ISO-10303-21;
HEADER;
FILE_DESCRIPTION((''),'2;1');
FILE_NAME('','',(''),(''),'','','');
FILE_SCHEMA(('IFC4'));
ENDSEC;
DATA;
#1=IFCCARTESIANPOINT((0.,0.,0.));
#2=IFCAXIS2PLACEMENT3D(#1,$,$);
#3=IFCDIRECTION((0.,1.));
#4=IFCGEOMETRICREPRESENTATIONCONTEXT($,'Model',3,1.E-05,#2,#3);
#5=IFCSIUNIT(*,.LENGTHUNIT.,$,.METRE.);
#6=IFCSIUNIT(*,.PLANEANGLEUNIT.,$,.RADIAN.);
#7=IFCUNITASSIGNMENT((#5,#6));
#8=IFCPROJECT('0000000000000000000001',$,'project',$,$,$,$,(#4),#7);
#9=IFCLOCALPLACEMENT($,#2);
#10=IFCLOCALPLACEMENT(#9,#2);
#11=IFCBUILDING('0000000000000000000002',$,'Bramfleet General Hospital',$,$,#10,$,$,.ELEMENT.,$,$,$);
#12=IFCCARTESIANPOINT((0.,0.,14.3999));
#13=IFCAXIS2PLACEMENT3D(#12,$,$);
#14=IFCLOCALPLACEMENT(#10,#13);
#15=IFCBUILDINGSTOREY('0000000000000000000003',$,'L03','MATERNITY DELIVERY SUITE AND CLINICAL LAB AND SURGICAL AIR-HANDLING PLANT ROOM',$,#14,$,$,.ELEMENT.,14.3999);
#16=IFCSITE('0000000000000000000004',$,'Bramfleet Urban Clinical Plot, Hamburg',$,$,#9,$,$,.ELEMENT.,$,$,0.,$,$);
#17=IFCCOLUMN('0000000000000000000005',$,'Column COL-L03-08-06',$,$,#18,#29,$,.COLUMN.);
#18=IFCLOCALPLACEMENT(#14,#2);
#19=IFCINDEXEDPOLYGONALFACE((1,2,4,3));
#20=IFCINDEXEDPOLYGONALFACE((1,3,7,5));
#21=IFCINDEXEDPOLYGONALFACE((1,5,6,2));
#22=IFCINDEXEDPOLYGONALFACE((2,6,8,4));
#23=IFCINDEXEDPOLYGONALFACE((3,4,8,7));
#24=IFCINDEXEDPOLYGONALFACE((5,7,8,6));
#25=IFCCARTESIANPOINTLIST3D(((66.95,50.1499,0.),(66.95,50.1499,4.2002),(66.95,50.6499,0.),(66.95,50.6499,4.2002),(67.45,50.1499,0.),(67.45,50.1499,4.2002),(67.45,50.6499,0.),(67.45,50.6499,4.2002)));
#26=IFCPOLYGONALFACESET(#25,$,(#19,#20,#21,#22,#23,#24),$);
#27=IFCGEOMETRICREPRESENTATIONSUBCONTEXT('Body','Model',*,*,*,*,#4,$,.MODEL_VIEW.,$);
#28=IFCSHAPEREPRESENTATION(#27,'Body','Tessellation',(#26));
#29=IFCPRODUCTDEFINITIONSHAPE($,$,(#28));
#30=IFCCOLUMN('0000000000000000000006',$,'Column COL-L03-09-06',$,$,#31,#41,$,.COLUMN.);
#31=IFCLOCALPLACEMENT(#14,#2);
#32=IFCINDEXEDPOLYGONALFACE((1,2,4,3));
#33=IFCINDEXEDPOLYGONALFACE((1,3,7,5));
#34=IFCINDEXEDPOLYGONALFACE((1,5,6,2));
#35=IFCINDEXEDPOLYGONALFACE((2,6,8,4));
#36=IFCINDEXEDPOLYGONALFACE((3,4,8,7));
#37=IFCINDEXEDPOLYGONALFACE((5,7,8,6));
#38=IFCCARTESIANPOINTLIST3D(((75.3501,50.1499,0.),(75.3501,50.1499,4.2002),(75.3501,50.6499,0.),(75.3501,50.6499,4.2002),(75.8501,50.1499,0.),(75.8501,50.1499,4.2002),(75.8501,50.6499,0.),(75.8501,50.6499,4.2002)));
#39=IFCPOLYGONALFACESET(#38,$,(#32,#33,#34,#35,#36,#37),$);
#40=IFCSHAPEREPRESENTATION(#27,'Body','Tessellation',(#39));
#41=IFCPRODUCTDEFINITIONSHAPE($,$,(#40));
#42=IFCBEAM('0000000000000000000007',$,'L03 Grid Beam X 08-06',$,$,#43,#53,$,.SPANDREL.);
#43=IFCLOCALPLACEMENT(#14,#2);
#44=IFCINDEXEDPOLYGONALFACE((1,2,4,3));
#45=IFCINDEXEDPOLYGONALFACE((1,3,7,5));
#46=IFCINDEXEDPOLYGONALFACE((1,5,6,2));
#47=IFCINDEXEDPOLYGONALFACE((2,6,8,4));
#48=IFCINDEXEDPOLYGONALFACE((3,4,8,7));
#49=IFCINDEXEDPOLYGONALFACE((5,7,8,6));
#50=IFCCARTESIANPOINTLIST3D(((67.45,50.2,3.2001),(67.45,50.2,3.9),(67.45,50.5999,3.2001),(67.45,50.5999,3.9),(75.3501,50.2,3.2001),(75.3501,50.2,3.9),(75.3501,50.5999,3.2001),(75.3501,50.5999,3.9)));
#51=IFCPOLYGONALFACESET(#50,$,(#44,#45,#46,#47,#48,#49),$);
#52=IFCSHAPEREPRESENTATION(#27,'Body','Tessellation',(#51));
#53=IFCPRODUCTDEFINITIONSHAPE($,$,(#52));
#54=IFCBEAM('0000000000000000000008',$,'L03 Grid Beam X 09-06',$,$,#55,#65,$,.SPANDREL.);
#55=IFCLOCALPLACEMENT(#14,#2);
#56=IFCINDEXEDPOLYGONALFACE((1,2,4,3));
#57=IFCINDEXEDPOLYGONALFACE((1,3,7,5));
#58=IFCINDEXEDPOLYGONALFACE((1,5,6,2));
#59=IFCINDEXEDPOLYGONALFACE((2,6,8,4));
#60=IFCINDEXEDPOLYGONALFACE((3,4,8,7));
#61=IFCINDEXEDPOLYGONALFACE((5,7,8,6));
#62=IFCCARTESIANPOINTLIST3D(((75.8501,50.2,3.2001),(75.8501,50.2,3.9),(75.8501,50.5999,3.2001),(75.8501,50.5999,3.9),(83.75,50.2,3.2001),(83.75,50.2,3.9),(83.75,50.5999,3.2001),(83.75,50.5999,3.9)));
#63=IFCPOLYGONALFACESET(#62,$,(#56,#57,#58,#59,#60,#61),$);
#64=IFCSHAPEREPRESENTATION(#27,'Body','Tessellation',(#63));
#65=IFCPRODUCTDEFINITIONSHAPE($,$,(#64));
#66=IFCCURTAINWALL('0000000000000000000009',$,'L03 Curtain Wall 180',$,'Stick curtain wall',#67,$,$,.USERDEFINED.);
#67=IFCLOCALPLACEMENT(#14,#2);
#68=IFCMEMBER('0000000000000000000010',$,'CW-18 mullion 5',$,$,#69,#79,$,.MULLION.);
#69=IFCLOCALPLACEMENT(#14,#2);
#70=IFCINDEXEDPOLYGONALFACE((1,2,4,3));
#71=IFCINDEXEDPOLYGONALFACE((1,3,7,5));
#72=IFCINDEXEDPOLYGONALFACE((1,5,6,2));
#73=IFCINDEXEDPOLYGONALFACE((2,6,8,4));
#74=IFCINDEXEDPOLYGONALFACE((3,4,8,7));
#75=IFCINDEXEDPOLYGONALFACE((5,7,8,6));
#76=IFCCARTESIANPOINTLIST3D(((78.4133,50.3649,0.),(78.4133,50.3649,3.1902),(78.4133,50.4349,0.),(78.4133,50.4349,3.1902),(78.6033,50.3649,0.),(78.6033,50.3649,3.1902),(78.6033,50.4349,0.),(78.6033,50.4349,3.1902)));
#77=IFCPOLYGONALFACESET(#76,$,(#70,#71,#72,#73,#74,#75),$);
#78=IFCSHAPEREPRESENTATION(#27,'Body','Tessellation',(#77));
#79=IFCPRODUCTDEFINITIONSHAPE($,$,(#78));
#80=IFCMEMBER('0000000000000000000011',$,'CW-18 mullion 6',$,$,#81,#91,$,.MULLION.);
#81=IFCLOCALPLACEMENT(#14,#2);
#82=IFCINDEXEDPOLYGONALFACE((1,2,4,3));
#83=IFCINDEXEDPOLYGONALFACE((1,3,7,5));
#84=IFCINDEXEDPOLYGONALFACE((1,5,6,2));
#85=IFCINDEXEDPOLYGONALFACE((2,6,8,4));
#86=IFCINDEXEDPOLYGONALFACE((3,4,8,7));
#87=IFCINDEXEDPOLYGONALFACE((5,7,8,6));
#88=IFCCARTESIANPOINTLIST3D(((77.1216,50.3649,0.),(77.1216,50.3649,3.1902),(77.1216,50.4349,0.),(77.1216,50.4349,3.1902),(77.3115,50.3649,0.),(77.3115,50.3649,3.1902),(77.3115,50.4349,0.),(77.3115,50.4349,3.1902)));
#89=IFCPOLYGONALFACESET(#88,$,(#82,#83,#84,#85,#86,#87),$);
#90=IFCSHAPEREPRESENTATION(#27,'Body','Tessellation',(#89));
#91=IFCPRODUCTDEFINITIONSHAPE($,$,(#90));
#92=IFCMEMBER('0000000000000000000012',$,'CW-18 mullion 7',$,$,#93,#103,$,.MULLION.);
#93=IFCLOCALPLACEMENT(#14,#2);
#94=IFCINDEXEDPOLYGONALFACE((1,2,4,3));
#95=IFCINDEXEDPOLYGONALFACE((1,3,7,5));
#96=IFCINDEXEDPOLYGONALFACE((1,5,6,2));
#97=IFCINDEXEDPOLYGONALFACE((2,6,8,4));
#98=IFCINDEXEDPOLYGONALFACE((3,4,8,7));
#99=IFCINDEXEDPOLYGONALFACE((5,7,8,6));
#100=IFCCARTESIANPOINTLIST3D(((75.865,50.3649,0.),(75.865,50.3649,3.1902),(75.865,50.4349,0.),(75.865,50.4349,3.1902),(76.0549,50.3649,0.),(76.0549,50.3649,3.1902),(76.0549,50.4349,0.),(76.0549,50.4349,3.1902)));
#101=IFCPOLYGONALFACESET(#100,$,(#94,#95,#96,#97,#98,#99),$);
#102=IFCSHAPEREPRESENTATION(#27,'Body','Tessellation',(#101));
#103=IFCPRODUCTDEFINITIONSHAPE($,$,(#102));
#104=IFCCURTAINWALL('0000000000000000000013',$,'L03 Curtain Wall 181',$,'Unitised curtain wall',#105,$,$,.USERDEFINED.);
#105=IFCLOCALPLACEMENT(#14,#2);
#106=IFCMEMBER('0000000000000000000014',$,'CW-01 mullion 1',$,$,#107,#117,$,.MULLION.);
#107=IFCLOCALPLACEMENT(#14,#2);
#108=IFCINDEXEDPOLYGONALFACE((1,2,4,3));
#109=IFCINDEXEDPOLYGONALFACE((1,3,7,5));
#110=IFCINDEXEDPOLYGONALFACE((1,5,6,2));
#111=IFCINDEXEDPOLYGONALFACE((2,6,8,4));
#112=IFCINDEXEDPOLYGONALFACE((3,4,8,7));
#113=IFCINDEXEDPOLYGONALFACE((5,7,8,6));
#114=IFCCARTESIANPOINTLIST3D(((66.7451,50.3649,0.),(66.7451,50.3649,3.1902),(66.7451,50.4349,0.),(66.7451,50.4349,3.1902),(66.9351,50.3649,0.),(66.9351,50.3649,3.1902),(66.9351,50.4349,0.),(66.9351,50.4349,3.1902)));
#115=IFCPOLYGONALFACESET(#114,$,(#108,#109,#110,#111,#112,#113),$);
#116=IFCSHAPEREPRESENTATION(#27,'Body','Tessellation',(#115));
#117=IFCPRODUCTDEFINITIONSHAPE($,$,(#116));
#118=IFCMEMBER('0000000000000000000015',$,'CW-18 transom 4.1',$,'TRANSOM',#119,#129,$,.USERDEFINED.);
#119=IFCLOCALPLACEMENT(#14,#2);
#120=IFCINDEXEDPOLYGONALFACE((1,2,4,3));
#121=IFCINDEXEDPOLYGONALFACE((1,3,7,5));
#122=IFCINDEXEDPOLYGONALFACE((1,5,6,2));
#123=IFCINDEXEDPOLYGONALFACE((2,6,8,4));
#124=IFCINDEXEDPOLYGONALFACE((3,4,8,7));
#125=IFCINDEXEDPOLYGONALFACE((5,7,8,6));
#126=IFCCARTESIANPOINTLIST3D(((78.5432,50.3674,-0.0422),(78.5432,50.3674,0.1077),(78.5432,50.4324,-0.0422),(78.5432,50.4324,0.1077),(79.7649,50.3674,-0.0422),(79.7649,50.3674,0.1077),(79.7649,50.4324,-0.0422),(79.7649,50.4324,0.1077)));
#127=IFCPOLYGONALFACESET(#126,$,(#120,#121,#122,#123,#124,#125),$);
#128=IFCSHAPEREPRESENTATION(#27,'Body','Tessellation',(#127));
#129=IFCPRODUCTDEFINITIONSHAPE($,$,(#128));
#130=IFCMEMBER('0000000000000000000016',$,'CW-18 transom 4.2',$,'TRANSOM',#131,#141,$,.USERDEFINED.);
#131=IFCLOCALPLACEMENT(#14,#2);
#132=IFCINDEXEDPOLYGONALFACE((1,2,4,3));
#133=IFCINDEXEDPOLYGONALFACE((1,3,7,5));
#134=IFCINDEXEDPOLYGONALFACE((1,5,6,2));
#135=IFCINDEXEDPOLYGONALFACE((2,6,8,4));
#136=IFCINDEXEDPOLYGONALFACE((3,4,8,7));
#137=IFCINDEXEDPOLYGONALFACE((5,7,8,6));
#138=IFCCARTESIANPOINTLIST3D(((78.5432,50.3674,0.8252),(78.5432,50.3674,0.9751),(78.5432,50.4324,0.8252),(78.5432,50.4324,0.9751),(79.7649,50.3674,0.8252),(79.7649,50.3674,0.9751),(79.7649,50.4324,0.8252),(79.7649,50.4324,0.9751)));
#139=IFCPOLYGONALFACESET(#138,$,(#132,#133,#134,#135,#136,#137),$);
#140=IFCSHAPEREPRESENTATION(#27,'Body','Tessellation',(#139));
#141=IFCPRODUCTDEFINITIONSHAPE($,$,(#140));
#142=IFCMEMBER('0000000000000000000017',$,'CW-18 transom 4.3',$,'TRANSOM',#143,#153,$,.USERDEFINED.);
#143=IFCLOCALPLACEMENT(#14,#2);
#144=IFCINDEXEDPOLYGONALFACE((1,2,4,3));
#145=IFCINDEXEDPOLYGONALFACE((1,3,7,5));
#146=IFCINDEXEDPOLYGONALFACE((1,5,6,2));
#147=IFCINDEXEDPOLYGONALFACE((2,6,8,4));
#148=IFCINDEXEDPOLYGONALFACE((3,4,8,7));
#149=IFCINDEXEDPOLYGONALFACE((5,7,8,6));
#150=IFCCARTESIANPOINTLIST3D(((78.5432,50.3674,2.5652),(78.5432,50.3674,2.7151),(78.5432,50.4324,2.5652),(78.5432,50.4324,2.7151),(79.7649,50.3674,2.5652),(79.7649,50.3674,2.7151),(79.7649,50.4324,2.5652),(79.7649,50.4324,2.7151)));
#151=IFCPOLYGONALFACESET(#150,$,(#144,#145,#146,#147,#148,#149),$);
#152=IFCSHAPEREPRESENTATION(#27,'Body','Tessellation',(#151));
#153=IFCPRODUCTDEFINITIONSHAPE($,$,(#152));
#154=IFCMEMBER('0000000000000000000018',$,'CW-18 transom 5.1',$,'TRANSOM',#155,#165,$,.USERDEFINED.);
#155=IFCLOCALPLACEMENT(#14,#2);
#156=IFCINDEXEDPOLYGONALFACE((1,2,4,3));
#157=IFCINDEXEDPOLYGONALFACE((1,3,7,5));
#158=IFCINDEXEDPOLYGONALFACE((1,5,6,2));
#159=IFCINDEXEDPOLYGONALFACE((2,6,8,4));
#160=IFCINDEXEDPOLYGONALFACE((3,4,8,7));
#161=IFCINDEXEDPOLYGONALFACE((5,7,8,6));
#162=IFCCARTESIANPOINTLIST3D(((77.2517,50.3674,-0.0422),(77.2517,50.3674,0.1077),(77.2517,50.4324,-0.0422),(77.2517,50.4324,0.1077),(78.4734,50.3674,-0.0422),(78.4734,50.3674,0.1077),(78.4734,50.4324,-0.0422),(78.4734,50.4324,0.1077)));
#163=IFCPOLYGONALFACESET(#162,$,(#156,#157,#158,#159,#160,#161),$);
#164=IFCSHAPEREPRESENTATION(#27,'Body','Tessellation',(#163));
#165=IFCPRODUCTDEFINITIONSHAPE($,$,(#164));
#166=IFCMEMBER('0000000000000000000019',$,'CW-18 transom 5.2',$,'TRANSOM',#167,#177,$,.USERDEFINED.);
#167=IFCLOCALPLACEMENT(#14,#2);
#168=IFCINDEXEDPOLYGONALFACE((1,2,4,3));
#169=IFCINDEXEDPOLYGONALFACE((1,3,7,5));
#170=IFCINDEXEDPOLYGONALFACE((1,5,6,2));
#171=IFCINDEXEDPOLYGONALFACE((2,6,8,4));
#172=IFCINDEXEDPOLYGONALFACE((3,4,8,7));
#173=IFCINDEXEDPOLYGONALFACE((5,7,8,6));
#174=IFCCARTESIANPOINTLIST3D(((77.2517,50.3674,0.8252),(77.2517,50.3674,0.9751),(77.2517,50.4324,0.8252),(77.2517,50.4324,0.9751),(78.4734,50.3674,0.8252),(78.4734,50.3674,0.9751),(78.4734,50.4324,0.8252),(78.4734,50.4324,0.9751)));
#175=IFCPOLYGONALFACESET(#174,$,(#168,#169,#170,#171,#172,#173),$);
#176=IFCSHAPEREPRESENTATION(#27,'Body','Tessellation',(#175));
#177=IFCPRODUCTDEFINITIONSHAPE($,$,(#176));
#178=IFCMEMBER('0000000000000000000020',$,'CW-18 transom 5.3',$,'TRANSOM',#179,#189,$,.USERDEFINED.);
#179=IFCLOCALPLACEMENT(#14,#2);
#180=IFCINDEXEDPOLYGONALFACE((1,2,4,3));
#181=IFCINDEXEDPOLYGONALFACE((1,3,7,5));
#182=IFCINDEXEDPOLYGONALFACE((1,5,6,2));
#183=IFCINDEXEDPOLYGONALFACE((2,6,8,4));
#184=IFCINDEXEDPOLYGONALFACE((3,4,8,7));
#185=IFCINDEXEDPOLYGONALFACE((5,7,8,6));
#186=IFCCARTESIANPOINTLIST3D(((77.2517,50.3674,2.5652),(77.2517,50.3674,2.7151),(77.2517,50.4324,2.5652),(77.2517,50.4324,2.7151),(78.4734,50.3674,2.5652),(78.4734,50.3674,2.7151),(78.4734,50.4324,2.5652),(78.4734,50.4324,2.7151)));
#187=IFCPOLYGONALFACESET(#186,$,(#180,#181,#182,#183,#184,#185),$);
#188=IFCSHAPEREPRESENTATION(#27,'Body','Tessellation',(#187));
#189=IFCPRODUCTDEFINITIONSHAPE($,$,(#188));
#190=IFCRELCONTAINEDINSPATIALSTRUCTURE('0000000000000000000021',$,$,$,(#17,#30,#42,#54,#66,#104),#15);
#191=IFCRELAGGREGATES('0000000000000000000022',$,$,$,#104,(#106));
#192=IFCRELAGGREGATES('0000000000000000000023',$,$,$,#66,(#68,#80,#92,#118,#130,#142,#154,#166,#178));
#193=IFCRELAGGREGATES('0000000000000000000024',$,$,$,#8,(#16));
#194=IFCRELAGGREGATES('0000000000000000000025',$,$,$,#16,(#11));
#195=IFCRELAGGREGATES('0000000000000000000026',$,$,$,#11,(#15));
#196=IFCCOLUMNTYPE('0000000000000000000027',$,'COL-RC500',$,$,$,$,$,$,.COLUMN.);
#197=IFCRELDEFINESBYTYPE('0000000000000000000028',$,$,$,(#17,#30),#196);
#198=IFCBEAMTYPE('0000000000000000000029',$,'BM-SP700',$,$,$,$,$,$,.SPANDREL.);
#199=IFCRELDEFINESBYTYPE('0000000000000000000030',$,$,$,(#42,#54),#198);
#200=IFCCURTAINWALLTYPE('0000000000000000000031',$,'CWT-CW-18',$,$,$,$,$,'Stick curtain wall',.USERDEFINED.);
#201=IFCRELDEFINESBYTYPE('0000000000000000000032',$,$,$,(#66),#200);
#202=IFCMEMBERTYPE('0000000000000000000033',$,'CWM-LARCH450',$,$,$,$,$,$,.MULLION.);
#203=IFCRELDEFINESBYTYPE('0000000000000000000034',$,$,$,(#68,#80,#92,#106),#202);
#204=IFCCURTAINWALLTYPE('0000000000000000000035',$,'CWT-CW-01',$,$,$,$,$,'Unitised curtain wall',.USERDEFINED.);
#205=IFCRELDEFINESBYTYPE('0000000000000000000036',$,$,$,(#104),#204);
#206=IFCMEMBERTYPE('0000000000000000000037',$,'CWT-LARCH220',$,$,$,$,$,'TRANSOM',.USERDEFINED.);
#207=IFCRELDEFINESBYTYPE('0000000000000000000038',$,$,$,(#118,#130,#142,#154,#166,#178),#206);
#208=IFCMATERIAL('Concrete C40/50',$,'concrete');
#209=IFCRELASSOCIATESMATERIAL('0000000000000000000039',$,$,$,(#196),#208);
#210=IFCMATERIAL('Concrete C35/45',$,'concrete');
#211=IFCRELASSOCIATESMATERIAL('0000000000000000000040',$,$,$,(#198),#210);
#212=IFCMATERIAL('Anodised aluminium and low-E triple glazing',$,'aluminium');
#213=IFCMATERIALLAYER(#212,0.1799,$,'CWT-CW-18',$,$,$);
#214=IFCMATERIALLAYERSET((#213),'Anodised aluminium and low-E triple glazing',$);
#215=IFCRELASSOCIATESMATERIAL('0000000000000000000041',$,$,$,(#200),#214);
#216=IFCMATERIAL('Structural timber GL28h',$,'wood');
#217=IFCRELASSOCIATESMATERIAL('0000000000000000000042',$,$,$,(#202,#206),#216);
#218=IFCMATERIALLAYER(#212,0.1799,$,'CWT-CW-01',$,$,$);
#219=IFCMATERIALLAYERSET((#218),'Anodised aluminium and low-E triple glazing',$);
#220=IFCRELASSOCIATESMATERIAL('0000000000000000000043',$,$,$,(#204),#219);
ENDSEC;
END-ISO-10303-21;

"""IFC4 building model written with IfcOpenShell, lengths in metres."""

from ifc_helpers import new_model, si_unit, direction, frame, origin, origin_2d, place, context, subcontext, project, spatial, rectangle, extrude, material, layer, layer_set, material_profile, profile_set, type_object, element, aggregate, save


model = new_model("IFC4")

# Units and contexts
model_context = context("Model", 3, precision=1e-05, world=origin(), true_north=direction((0.0, 1.0)))
body_context = subcontext(model_context, "Body", "Model", "MODEL_VIEW")
ifc_project = project(units=[si_unit("LENGTHUNIT", "METRE"), si_unit("PLANEANGLEUNIT", "RADIAN")], contexts=[model_context])

# Site, building, storey
site_placement = place(None, origin())
site = spatial("IfcSite", under=ifc_project, at=site_placement, Name="Bramfleet Urban Clinical Plot, Hamburg", CompositionType="ELEMENT", RefElevation=0.0)
building_placement = place(site_placement, origin())
building = spatial("IfcBuilding", under=site, at=building_placement, Name="Bramfleet General Hospital", CompositionType="ELEMENT")
storey_placement = place(building_placement, frame((0.0, 0.0, 14.3999)))
storey = spatial("IfcBuildingStorey", under=building, at=storey_placement, Name="L03", Description="MATERNITY DELIVERY SUITE AND CLINICAL LAB AND SURGICAL AIR-HANDLING PLANT ROOM", CompositionType="ELEMENT", Elevation=14.3999)

# Columns
ifc_material_1 = material(Name="Concrete C40/50", Category="concrete")
ifc_material_profile_1 = material_profile(ifc_material_1, rectangle(XDim=0.5, YDim=0.5, at=origin_2d()), Name="RC COL 500x500")
ifc_profile_set_1 = profile_set([ifc_material_profile_1], Name="Concrete C40/50")
column_type = type_object("IfcColumnType", Name="COL-RC500", PredefinedType="COLUMN", material=ifc_profile_set_1)
for number, where, z_axis, x_axis, name in (
    (1, (67.2, 50.3999, 0.0), (0.0, 0.0, 1.0), (1.0, 0.0, 0.0), "Column COL-L03-08-06"),
    (2, (75.6001, 50.3999, 0.0), (0.0, 0.0, 1.0), (1.0, 0.0, 0.0), "Column COL-L03-09-06"),
):
    element("IfcColumn", number, at=place(storey_placement, frame(where, z_axis=z_axis, x_axis=x_axis)), inside=storey, type_object=column_type, Name=name, PredefinedType="COLUMN", context=body_context, shape_type="SweptSolid", body=[
        extrude(rectangle(XDim=0.5, YDim=0.5, at=origin_2d()), origin(), (0.0, 0.0, 1.0), 4.2002),
    ])

# Beams
ifc_material_2 = material(Name="Concrete C35/45", Category="concrete")
ifc_material_profile_2 = material_profile(ifc_material_2, rectangle(XDim=0.3999, YDim=0.7, at=origin_2d()), Name="RC SP 700x400")
ifc_profile_set_2 = profile_set([ifc_material_profile_2], Name="Concrete C35/45")
beam_type = type_object("IfcBeamType", Name="BM-SP700", PredefinedType="SPANDREL", material=ifc_profile_set_2)
beam_1_placement = place(storey_placement, frame((67.45, 50.3999, 3.55), z_axis=(1.0, 0.0, 0.0), x_axis=(0.0, 1.0, 0.0)))
element("IfcBeam", 3, at=beam_1_placement, inside=storey, type_object=beam_type, Name="L03 Grid Beam X 08-06", PredefinedType="SPANDREL", context=body_context, shape_type="SweptSolid", body=[
    extrude(rectangle(XDim=0.3999, YDim=0.7, at=origin_2d()), origin(), (0.0, 0.0, 1.0), 7.9001),
])
beam_2_placement = place(storey_placement, frame((75.8501, 50.3999, 3.55), z_axis=(1.0, 0.0, 0.0), x_axis=(0.0, 1.0, 0.0)))
element("IfcBeam", 4, at=beam_2_placement, inside=storey, type_object=beam_type, Name="L03 Grid Beam X 09-06", PredefinedType="SPANDREL", context=body_context, shape_type="SweptSolid", body=[
    extrude(rectangle(XDim=0.3999, YDim=0.7, at=origin_2d()), origin(), (0.0, 0.0, 1.0), 7.8999),
])

# Curtain wall, members
ifc_material_3 = material(Name="Anodised aluminium and low-E triple glazing", Category="aluminium")
ifc_layer_1 = layer(ifc_material_3, 0.1799, Name="CWT-CW-18")
ifc_layer_set_1 = layer_set([ifc_layer_1], Name="Anodised aluminium and low-E triple glazing")
curtain_wall_type_1 = type_object("IfcCurtainWallType", Name="CWT-CW-18", ElementType="Stick curtain wall", PredefinedType="USERDEFINED", material=ifc_layer_set_1)
curtain_wall_1_placement = place(storey_placement, origin())
curtain_wall_1 = element("IfcCurtainWall", 5, at=curtain_wall_1_placement, inside=storey, type_object=curtain_wall_type_1, Name="L03 Curtain Wall 180", ObjectType="Stick curtain wall", PredefinedType="USERDEFINED")
ifc_material_4 = material(Name="Structural timber GL28h", Category="wood")
ifc_material_profile_3 = material_profile(ifc_material_4, rectangle(XDim=0.0701, YDim=0.1899, at=origin_2d()), Name="LARCH 190x70")
ifc_profile_set_3 = profile_set([ifc_material_profile_3], Name="Structural timber GL28h")
member_type_1 = type_object("IfcMemberType", Name="CWM-LARCH450", PredefinedType="MULLION", material=ifc_profile_set_3)
member_1_placement = place(storey_placement, frame((78.5083, 50.3999, 0.0), z_axis=(0.0, 0.0, 1.0), x_axis=(0.0, -1.0, 0.0)))
member_1 = element("IfcMember", 6, at=member_1_placement, type_object=member_type_1, Name="CW-18 mullion 5", PredefinedType="MULLION", context=body_context, shape_type="SweptSolid", body=[
    extrude(rectangle(XDim=0.0701, YDim=0.1899, at=origin_2d()), origin(), (0.0, 0.0, 1.0), 3.1902),
])
member_2_placement = place(storey_placement, frame((77.2166, 50.3999, 0.0), z_axis=(0.0, 0.0, 1.0), x_axis=(0.0, -1.0, 0.0)))
member_2 = element("IfcMember", 7, at=member_2_placement, type_object=member_type_1, Name="CW-18 mullion 6", PredefinedType="MULLION", context=body_context, shape_type="SweptSolid", body=[
    extrude(rectangle(XDim=0.0701, YDim=0.1899, at=origin_2d()), origin(), (0.0, 0.0, 1.0), 3.1902),
])
member_3_placement = place(storey_placement, frame((75.96, 50.3999, 0.0), z_axis=(0.0, 0.0, 1.0), x_axis=(0.0, -1.0, 0.0)))
member_3 = element("IfcMember", 8, at=member_3_placement, type_object=member_type_1, Name="CW-18 mullion 7", PredefinedType="MULLION", context=body_context, shape_type="SweptSolid", body=[
    extrude(rectangle(XDim=0.0701, YDim=0.1899, at=origin_2d()), origin(), (0.0, 0.0, 1.0), 3.1902),
])

# Curtain wall, member
ifc_layer_2 = layer(ifc_material_3, 0.1799, Name="CWT-CW-01")
ifc_layer_set_2 = layer_set([ifc_layer_2], Name="Anodised aluminium and low-E triple glazing")
curtain_wall_type_2 = type_object("IfcCurtainWallType", Name="CWT-CW-01", ElementType="Unitised curtain wall", PredefinedType="USERDEFINED", material=ifc_layer_set_2)
curtain_wall_2_placement = place(storey_placement, origin())
curtain_wall_2 = element("IfcCurtainWall", 9, at=curtain_wall_2_placement, inside=storey, type_object=curtain_wall_type_2, Name="L03 Curtain Wall 181", ObjectType="Unitised curtain wall", PredefinedType="USERDEFINED")
member_4_placement = place(storey_placement, frame((66.8401, 50.3999, 0.0), z_axis=(0.0, 0.0, 1.0), x_axis=(0.0, -1.0, 0.0)))
member_4 = element("IfcMember", 10, at=member_4_placement, type_object=member_type_1, Name="CW-01 mullion 1", PredefinedType="MULLION", context=body_context, shape_type="SweptSolid", body=[
    extrude(rectangle(XDim=0.0701, YDim=0.1899, at=origin_2d()), origin(), (0.0, 0.0, 1.0), 3.1902),
])

# Members
ifc_material_profile_4 = material_profile(ifc_material_4, rectangle(XDim=0.0649, YDim=0.1499, at=origin_2d()), Name="LARCH 150x65")
ifc_profile_set_4 = profile_set([ifc_material_profile_4], Name="Structural timber GL28h")
member_type_2 = type_object("IfcMemberType", Name="CWT-LARCH220", ElementType="TRANSOM", PredefinedType="USERDEFINED", material=ifc_profile_set_4)
member_5_placement = place(storey_placement, frame((79.7649, 50.3999, 0.0327), z_axis=(-1.0, 0.0, 0.0), x_axis=(0.0, -1.0, 0.0)))
member_5 = element("IfcMember", 11, at=member_5_placement, type_object=member_type_2, Name="CW-18 transom 4.1", ObjectType="TRANSOM", PredefinedType="USERDEFINED", context=body_context, shape_type="SweptSolid", body=[
    extrude(rectangle(XDim=0.0649, YDim=0.1499, at=origin_2d()), origin(), (0.0, 0.0, 1.0), 1.2217),
])
member_6_placement = place(storey_placement, frame((79.7649, 50.3999, 0.9001), z_axis=(-1.0, 0.0, 0.0), x_axis=(0.0, -1.0, 0.0)))
member_6 = element("IfcMember", 12, at=member_6_placement, type_object=member_type_2, Name="CW-18 transom 4.2", ObjectType="TRANSOM", PredefinedType="USERDEFINED", context=body_context, shape_type="SweptSolid", body=[
    extrude(rectangle(XDim=0.0649, YDim=0.1499, at=origin_2d()), origin(), (0.0, 0.0, 1.0), 1.2217),
])
member_7_placement = place(storey_placement, frame((79.7649, 50.3999, 2.6401), z_axis=(-1.0, 0.0, 0.0), x_axis=(0.0, -1.0, 0.0)))
member_7 = element("IfcMember", 13, at=member_7_placement, type_object=member_type_2, Name="CW-18 transom 4.3", ObjectType="TRANSOM", PredefinedType="USERDEFINED", context=body_context, shape_type="SweptSolid", body=[
    extrude(rectangle(XDim=0.0649, YDim=0.1499, at=origin_2d()), origin(), (0.0, 0.0, 1.0), 1.2217),
])
member_8_placement = place(storey_placement, frame((78.4734, 50.3999, 0.0327), z_axis=(-1.0, 0.0, 0.0), x_axis=(0.0, -1.0, 0.0)))
member_8 = element("IfcMember", 14, at=member_8_placement, type_object=member_type_2, Name="CW-18 transom 5.1", ObjectType="TRANSOM", PredefinedType="USERDEFINED", context=body_context, shape_type="SweptSolid", body=[
    extrude(rectangle(XDim=0.0649, YDim=0.1499, at=origin_2d()), origin(), (0.0, 0.0, 1.0), 1.2217),
])
member_9_placement = place(storey_placement, frame((78.4734, 50.3999, 0.9001), z_axis=(-1.0, 0.0, 0.0), x_axis=(0.0, -1.0, 0.0)))
member_9 = element("IfcMember", 15, at=member_9_placement, type_object=member_type_2, Name="CW-18 transom 5.2", ObjectType="TRANSOM", PredefinedType="USERDEFINED", context=body_context, shape_type="SweptSolid", body=[
    extrude(rectangle(XDim=0.0649, YDim=0.1499, at=origin_2d()), origin(), (0.0, 0.0, 1.0), 1.2217),
])
member_10_placement = place(storey_placement, frame((78.4734, 50.3999, 2.6401), z_axis=(-1.0, 0.0, 0.0), x_axis=(0.0, -1.0, 0.0)))
member_10 = element("IfcMember", 16, at=member_10_placement, type_object=member_type_2, Name="CW-18 transom 5.3", ObjectType="TRANSOM", PredefinedType="USERDEFINED", context=body_context, shape_type="SweptSolid", body=[
    extrude(rectangle(XDim=0.0649, YDim=0.1499, at=origin_2d()), origin(), (0.0, 0.0, 1.0), 1.2217),
])
aggregate(curtain_wall_2, [member_4])

aggregate(curtain_wall_1, [member_1, member_2, member_3, member_5, member_6, member_7, member_8, member_9, member_10])

save(model, "model.ifc")
